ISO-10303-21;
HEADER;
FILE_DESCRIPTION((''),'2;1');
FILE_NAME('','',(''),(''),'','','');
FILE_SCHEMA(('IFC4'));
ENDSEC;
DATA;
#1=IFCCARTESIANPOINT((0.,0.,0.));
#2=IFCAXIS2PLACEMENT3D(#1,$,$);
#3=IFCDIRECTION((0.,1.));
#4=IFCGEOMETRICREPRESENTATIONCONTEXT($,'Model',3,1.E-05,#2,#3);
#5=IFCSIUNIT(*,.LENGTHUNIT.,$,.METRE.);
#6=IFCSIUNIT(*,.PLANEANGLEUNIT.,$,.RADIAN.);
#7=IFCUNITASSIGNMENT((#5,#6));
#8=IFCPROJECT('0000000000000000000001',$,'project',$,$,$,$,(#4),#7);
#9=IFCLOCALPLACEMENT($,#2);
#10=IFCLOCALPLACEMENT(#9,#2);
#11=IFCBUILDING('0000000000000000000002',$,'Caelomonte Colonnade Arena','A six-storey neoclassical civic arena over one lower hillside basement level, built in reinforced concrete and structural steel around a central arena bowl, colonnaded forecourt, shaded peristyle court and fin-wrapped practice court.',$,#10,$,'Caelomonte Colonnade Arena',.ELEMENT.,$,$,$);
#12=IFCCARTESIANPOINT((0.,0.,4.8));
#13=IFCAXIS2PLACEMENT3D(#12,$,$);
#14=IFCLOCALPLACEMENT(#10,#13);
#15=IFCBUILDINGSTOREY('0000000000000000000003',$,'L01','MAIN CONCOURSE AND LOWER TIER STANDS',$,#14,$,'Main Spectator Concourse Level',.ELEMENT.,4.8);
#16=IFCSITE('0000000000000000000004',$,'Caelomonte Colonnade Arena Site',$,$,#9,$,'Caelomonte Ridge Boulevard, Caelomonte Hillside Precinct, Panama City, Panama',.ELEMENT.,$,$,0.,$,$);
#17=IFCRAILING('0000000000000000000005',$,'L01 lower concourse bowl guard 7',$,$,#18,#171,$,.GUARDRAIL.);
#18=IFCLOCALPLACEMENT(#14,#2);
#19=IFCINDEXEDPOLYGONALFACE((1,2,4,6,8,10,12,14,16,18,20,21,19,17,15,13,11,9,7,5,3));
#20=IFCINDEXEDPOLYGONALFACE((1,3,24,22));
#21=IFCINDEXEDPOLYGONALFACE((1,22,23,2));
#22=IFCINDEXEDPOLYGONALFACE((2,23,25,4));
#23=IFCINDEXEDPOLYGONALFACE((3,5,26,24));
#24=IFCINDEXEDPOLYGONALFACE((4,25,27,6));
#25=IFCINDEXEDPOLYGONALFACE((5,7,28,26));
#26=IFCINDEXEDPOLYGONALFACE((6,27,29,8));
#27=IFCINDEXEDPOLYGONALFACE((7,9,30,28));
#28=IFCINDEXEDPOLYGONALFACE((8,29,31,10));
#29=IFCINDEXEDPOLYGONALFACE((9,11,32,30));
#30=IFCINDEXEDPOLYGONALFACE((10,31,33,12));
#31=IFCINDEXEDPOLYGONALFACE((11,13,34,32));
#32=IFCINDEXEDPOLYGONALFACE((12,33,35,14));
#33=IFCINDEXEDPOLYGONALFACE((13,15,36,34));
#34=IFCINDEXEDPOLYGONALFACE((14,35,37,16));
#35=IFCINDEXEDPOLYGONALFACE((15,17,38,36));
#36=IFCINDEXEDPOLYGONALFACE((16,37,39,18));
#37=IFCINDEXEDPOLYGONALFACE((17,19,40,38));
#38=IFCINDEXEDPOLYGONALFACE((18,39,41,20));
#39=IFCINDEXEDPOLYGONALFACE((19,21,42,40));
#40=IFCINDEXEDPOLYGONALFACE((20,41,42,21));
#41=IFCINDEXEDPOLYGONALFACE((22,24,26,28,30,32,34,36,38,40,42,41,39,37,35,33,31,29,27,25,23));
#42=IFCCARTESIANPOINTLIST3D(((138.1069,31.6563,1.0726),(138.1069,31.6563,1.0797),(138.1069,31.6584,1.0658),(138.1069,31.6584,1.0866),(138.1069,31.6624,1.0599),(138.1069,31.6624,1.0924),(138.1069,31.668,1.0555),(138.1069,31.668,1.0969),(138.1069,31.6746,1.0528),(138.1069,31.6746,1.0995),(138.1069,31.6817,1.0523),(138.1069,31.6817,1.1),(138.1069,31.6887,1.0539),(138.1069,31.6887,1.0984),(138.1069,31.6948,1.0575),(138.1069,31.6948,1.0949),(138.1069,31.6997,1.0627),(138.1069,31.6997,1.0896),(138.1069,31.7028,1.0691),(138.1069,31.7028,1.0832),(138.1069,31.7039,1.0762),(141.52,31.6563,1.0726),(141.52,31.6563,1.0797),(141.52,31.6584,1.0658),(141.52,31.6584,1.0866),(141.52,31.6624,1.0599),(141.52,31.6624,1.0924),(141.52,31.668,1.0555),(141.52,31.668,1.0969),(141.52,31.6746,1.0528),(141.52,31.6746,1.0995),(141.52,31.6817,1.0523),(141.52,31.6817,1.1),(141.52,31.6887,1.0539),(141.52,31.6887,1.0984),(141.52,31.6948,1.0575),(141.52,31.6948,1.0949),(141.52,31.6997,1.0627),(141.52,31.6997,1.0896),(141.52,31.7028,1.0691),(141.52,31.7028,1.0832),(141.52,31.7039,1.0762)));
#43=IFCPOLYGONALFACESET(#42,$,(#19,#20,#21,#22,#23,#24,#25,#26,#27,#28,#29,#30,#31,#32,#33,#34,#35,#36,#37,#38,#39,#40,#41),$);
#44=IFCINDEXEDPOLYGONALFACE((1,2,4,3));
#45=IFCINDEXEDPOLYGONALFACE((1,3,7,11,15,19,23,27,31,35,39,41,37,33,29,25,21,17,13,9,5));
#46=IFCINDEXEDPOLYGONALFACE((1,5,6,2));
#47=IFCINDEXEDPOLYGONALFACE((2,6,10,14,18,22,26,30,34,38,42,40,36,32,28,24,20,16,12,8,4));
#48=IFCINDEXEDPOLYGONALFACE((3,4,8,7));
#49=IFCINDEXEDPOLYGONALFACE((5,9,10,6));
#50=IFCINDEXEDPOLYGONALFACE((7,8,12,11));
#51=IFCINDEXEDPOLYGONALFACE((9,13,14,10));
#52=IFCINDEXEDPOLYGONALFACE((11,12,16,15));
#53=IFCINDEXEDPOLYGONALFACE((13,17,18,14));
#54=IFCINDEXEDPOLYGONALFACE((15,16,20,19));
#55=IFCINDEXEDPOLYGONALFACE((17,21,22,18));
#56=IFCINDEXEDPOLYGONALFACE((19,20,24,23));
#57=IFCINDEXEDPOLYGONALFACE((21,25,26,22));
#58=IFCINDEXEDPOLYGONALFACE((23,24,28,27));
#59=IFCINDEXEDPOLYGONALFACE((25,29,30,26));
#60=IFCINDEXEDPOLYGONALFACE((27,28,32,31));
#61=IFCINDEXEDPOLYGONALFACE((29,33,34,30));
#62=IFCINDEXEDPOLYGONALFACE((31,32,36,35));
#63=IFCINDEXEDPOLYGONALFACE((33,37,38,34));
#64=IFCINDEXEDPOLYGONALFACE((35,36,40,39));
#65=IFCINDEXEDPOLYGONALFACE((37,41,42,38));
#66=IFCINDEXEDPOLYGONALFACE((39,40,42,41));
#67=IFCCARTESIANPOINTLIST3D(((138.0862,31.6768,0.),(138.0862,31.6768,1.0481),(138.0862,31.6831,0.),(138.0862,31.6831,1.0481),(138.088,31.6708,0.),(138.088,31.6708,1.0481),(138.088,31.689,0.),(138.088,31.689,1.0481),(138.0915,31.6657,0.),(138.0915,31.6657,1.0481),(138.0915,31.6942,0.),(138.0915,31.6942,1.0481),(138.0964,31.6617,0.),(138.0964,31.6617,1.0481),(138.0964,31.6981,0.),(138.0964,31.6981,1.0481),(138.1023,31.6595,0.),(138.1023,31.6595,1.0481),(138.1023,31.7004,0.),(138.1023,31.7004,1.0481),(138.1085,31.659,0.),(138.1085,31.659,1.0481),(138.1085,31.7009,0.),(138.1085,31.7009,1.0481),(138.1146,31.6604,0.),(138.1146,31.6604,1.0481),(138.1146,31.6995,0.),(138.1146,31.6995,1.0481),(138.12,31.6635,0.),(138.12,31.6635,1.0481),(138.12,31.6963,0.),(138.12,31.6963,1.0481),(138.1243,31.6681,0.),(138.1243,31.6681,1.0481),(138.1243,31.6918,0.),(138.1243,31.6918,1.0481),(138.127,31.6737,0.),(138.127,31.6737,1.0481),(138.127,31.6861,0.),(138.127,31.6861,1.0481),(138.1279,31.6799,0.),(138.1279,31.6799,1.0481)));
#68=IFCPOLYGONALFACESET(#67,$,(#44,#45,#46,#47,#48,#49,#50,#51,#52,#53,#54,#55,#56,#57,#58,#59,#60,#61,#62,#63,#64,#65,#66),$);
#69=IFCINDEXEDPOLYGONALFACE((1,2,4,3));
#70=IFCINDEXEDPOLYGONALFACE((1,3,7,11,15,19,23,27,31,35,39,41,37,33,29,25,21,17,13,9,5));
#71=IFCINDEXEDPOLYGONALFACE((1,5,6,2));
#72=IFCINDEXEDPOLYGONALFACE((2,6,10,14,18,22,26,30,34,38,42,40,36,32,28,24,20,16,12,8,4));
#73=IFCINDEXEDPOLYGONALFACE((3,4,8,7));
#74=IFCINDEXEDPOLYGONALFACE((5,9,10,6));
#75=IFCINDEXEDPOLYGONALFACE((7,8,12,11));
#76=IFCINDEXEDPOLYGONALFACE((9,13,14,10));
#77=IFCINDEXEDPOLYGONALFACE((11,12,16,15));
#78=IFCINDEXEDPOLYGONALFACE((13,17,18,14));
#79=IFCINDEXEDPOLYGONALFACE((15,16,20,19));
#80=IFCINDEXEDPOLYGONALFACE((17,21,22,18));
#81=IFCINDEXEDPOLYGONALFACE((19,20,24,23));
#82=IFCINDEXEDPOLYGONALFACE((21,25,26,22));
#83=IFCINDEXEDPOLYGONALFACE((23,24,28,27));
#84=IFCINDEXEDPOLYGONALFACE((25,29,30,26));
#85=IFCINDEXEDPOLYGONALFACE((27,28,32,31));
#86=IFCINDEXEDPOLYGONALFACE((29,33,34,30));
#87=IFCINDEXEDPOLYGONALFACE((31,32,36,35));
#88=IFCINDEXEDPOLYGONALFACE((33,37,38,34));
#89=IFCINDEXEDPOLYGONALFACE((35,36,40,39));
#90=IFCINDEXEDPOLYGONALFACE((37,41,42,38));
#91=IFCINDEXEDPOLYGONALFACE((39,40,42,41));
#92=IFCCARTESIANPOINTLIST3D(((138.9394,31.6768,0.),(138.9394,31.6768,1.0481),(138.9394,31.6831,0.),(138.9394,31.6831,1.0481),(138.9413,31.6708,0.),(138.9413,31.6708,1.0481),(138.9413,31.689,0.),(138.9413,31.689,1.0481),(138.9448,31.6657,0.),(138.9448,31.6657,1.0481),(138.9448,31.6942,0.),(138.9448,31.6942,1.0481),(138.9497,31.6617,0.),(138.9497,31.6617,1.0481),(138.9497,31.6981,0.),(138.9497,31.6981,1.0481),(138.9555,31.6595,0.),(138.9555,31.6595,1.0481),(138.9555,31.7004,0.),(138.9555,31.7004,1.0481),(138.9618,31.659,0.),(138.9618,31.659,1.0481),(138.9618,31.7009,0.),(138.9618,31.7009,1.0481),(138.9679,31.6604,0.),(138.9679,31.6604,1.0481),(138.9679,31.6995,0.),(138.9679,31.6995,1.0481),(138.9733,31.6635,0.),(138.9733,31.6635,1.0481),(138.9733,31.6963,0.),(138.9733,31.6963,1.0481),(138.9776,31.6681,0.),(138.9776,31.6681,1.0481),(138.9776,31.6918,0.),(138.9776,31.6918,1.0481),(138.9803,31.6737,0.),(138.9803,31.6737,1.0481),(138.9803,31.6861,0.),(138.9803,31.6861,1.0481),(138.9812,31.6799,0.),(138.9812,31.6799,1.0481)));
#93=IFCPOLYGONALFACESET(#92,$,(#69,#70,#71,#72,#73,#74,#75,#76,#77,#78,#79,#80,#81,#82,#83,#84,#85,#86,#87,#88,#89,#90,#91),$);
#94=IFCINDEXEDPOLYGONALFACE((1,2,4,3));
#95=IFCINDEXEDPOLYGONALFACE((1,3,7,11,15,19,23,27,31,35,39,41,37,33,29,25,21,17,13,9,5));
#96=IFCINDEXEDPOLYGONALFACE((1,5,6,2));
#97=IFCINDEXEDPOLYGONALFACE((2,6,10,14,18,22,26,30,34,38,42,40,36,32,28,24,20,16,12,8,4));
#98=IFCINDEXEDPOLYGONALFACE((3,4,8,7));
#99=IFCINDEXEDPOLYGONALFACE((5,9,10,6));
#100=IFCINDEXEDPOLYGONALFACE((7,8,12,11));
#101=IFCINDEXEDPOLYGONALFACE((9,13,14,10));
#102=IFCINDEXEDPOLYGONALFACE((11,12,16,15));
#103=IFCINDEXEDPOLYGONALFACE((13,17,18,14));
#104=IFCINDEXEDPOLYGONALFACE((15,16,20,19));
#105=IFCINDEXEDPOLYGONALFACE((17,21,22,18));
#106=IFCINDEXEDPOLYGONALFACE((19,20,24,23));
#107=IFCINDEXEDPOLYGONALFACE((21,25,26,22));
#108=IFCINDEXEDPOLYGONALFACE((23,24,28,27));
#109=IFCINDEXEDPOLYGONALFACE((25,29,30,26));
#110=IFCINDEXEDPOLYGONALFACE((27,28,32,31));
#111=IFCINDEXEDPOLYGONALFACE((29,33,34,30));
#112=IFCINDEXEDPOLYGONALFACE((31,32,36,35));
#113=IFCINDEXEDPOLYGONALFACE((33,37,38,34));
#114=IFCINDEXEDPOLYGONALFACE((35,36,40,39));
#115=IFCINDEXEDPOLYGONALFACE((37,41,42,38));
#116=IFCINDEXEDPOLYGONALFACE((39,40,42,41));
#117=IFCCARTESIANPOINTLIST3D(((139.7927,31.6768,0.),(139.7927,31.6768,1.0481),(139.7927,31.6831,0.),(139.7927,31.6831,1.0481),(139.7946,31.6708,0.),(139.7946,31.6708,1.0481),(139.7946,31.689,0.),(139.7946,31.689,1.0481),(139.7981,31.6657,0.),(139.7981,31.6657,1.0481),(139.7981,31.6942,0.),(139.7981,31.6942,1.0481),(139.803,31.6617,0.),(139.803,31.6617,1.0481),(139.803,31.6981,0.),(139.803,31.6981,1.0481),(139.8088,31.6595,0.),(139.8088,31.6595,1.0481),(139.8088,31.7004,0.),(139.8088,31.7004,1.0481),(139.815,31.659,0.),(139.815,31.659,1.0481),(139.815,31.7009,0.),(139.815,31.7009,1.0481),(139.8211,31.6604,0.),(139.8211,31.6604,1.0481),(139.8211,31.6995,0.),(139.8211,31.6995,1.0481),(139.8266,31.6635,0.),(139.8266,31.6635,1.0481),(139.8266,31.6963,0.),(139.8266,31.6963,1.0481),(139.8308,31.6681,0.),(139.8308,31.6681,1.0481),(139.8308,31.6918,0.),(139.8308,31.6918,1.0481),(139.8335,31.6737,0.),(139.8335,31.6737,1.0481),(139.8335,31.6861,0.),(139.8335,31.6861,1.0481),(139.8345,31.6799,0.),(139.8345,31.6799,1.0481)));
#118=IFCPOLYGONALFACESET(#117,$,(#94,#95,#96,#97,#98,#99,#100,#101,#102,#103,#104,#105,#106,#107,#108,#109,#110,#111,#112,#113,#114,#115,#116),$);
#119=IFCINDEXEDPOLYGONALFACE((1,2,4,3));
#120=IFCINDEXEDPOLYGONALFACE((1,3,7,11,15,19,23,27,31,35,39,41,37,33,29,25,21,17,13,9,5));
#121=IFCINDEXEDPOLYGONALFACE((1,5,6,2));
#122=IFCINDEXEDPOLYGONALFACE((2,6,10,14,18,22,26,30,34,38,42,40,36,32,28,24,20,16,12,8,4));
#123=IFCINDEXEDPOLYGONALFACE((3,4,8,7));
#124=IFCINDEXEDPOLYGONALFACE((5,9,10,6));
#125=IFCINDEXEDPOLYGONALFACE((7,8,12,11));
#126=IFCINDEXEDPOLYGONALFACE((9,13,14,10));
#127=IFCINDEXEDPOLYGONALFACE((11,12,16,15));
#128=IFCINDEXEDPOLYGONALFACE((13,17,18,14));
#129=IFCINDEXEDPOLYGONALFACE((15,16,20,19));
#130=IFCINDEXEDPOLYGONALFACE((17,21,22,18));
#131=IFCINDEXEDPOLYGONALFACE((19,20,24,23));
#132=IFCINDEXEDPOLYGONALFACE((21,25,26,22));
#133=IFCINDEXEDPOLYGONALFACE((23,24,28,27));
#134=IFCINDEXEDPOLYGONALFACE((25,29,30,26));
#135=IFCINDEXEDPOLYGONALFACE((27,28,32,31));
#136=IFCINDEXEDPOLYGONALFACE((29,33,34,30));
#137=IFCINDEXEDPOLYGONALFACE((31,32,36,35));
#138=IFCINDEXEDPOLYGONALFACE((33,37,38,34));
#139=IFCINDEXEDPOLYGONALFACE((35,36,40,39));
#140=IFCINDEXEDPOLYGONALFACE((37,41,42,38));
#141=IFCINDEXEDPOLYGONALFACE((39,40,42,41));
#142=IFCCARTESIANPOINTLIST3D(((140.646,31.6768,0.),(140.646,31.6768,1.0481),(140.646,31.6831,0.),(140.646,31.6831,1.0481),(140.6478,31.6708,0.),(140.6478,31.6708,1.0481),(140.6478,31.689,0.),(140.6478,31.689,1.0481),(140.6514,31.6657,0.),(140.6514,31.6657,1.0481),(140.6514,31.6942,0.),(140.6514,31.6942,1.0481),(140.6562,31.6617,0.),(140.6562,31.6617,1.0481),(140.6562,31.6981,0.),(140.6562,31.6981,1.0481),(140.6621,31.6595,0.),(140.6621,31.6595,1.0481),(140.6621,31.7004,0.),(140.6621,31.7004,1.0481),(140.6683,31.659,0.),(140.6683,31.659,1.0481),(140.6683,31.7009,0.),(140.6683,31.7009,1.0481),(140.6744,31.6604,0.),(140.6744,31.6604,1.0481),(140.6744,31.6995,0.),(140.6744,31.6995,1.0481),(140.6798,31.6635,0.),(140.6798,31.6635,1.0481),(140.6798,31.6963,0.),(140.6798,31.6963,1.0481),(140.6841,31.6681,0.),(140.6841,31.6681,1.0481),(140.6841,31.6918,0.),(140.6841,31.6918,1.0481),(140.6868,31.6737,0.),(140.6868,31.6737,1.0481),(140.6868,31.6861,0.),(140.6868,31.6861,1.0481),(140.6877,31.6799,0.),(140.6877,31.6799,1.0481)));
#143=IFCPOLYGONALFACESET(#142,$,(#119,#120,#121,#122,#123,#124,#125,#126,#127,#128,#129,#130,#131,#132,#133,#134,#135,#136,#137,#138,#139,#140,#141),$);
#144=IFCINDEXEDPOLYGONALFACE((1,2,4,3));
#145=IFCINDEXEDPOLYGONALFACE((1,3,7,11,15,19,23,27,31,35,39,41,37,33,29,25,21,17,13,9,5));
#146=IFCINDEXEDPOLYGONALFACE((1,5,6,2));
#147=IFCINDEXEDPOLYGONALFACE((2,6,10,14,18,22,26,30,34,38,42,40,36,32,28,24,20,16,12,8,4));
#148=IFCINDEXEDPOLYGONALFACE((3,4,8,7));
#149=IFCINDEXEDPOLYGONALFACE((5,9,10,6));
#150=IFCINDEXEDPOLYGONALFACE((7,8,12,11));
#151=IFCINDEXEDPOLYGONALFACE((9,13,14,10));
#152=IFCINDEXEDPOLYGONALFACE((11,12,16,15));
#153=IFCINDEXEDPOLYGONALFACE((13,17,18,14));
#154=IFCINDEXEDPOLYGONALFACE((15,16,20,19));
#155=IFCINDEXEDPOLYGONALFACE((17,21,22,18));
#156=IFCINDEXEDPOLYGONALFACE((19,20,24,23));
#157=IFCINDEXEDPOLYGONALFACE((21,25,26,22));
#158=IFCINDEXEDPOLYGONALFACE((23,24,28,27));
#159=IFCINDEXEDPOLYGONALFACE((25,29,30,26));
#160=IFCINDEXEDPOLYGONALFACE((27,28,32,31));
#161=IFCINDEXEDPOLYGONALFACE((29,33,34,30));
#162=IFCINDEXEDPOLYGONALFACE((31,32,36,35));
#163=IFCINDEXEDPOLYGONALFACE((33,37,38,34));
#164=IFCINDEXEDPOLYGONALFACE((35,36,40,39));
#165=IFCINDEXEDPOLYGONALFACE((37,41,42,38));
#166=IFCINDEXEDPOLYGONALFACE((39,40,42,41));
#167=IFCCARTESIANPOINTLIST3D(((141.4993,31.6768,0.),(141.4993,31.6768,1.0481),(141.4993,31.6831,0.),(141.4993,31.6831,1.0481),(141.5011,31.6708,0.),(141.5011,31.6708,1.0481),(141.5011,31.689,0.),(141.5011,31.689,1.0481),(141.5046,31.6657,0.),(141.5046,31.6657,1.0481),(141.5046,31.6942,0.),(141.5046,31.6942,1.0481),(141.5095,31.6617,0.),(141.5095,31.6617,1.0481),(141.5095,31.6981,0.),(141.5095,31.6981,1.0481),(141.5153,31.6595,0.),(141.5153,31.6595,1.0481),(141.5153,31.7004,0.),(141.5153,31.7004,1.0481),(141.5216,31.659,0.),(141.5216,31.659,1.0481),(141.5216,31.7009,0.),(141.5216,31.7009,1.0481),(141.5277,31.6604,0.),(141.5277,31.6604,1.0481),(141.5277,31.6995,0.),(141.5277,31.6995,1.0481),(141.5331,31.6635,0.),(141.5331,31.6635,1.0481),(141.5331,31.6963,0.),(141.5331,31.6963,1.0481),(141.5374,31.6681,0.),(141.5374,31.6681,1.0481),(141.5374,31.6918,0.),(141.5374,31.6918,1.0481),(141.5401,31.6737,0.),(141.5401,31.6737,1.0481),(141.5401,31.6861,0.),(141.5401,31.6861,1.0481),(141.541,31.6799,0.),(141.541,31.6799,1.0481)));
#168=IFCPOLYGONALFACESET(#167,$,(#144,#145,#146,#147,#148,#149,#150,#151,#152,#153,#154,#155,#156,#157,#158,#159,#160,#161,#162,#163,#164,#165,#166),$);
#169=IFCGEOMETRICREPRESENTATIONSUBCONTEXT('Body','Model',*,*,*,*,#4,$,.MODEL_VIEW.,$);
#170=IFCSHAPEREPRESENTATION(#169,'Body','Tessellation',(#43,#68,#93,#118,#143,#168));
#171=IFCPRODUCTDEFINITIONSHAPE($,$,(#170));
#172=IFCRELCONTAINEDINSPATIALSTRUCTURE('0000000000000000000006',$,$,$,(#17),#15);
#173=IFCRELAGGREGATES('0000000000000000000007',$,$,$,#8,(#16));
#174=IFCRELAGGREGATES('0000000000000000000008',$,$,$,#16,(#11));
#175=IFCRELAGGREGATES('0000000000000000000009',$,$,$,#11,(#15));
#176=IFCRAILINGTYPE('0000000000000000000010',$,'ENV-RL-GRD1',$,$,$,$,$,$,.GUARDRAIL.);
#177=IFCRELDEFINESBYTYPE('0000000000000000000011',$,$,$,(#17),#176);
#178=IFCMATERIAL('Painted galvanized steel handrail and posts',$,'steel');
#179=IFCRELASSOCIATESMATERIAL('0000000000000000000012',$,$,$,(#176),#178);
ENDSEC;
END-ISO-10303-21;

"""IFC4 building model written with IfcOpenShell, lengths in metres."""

from ifc_helpers import new_model, si_unit, direction, frame, origin, origin_2d, place, context, subcontext, project, spatial, circle, extrude, material, type_object, element, save


model = new_model("IFC4")

# Units and contexts
model_context = context("Model", 3, precision=1e-05, world=origin(), true_north=direction((0.0, 1.0)))
body_context = subcontext(model_context, "Body", "Model", "MODEL_VIEW")
ifc_project = project(units=[si_unit("LENGTHUNIT", "METRE"), si_unit("PLANEANGLEUNIT", "RADIAN")], contexts=[model_context])

# Site, building, storey
site_placement = place(None, origin())
site = spatial("IfcSite", under=ifc_project, at=site_placement, Name="Caelomonte Colonnade Arena Site", LongName="Caelomonte Ridge Boulevard, Caelomonte Hillside Precinct, Panama City, Panama", CompositionType="ELEMENT", RefElevation=0.0)
building_placement = place(site_placement, origin())
building = spatial("IfcBuilding", under=site, at=building_placement, Name="Caelomonte Colonnade Arena", Description="A six-storey neoclassical civic arena over one lower hillside basement level, built in reinforced concrete and structural steel around a central arena bowl, colonnaded forecourt, shaded peristyle court and fin-wrapped practice court.", LongName="Caelomonte Colonnade Arena", CompositionType="ELEMENT")
storey_placement = place(building_placement, frame((0.0, 0.0, 4.8)))
storey = spatial("IfcBuildingStorey", under=building, at=storey_placement, Name="L01", Description="MAIN CONCOURSE AND LOWER TIER STANDS", LongName="Main Spectator Concourse Level", CompositionType="ELEMENT", Elevation=4.8)

# Railing
ifc_material_1 = material(Name="Painted galvanized steel handrail and posts", Category="steel")
railing_type_1 = type_object("IfcRailingType", Name="ENV-RL-GRD1", PredefinedType="GUARDRAIL", material=ifc_material_1)
railing_1_placement = place(storey_placement, frame((138.1069, 31.6799, 0.0)))
element("IfcRailing", 1, at=railing_1_placement, inside=storey, type_object=railing_type_1, Name="L01 lower concourse bowl guard 7", PredefinedType="GUARDRAIL", context=body_context, shape_type="SweptSolid", body=[
    extrude(circle(Radius=0.0239, at=origin_2d()), frame((0.0, 0.0, 1.0762), z_axis=(1.0, 0.0, 0.0), x_axis=(0.0, 1.0, 0.0)), (0.0, 0.0, 1.0), 3.4131),
    extrude(circle(Radius=0.021, at=origin_2d()), origin(), (0.0, 0.0, 1.0), 1.0481),
    extrude(circle(Radius=0.021, at=origin_2d()), frame((0.8533, 0.0, 0.0)), (0.0, 0.0, 1.0), 1.0481),
    extrude(circle(Radius=0.021, at=origin_2d()), frame((1.7065, 0.0, 0.0)), (0.0, 0.0, 1.0), 1.0481),
    extrude(circle(Radius=0.021, at=origin_2d()), frame((2.5598, 0.0, 0.0)), (0.0, 0.0, 1.0), 1.0481),
    extrude(circle(Radius=0.021, at=origin_2d()), frame((3.4131, 0.0, 0.0)), (0.0, 0.0, 1.0), 1.0481),
])

save(model, "model.ifc")
